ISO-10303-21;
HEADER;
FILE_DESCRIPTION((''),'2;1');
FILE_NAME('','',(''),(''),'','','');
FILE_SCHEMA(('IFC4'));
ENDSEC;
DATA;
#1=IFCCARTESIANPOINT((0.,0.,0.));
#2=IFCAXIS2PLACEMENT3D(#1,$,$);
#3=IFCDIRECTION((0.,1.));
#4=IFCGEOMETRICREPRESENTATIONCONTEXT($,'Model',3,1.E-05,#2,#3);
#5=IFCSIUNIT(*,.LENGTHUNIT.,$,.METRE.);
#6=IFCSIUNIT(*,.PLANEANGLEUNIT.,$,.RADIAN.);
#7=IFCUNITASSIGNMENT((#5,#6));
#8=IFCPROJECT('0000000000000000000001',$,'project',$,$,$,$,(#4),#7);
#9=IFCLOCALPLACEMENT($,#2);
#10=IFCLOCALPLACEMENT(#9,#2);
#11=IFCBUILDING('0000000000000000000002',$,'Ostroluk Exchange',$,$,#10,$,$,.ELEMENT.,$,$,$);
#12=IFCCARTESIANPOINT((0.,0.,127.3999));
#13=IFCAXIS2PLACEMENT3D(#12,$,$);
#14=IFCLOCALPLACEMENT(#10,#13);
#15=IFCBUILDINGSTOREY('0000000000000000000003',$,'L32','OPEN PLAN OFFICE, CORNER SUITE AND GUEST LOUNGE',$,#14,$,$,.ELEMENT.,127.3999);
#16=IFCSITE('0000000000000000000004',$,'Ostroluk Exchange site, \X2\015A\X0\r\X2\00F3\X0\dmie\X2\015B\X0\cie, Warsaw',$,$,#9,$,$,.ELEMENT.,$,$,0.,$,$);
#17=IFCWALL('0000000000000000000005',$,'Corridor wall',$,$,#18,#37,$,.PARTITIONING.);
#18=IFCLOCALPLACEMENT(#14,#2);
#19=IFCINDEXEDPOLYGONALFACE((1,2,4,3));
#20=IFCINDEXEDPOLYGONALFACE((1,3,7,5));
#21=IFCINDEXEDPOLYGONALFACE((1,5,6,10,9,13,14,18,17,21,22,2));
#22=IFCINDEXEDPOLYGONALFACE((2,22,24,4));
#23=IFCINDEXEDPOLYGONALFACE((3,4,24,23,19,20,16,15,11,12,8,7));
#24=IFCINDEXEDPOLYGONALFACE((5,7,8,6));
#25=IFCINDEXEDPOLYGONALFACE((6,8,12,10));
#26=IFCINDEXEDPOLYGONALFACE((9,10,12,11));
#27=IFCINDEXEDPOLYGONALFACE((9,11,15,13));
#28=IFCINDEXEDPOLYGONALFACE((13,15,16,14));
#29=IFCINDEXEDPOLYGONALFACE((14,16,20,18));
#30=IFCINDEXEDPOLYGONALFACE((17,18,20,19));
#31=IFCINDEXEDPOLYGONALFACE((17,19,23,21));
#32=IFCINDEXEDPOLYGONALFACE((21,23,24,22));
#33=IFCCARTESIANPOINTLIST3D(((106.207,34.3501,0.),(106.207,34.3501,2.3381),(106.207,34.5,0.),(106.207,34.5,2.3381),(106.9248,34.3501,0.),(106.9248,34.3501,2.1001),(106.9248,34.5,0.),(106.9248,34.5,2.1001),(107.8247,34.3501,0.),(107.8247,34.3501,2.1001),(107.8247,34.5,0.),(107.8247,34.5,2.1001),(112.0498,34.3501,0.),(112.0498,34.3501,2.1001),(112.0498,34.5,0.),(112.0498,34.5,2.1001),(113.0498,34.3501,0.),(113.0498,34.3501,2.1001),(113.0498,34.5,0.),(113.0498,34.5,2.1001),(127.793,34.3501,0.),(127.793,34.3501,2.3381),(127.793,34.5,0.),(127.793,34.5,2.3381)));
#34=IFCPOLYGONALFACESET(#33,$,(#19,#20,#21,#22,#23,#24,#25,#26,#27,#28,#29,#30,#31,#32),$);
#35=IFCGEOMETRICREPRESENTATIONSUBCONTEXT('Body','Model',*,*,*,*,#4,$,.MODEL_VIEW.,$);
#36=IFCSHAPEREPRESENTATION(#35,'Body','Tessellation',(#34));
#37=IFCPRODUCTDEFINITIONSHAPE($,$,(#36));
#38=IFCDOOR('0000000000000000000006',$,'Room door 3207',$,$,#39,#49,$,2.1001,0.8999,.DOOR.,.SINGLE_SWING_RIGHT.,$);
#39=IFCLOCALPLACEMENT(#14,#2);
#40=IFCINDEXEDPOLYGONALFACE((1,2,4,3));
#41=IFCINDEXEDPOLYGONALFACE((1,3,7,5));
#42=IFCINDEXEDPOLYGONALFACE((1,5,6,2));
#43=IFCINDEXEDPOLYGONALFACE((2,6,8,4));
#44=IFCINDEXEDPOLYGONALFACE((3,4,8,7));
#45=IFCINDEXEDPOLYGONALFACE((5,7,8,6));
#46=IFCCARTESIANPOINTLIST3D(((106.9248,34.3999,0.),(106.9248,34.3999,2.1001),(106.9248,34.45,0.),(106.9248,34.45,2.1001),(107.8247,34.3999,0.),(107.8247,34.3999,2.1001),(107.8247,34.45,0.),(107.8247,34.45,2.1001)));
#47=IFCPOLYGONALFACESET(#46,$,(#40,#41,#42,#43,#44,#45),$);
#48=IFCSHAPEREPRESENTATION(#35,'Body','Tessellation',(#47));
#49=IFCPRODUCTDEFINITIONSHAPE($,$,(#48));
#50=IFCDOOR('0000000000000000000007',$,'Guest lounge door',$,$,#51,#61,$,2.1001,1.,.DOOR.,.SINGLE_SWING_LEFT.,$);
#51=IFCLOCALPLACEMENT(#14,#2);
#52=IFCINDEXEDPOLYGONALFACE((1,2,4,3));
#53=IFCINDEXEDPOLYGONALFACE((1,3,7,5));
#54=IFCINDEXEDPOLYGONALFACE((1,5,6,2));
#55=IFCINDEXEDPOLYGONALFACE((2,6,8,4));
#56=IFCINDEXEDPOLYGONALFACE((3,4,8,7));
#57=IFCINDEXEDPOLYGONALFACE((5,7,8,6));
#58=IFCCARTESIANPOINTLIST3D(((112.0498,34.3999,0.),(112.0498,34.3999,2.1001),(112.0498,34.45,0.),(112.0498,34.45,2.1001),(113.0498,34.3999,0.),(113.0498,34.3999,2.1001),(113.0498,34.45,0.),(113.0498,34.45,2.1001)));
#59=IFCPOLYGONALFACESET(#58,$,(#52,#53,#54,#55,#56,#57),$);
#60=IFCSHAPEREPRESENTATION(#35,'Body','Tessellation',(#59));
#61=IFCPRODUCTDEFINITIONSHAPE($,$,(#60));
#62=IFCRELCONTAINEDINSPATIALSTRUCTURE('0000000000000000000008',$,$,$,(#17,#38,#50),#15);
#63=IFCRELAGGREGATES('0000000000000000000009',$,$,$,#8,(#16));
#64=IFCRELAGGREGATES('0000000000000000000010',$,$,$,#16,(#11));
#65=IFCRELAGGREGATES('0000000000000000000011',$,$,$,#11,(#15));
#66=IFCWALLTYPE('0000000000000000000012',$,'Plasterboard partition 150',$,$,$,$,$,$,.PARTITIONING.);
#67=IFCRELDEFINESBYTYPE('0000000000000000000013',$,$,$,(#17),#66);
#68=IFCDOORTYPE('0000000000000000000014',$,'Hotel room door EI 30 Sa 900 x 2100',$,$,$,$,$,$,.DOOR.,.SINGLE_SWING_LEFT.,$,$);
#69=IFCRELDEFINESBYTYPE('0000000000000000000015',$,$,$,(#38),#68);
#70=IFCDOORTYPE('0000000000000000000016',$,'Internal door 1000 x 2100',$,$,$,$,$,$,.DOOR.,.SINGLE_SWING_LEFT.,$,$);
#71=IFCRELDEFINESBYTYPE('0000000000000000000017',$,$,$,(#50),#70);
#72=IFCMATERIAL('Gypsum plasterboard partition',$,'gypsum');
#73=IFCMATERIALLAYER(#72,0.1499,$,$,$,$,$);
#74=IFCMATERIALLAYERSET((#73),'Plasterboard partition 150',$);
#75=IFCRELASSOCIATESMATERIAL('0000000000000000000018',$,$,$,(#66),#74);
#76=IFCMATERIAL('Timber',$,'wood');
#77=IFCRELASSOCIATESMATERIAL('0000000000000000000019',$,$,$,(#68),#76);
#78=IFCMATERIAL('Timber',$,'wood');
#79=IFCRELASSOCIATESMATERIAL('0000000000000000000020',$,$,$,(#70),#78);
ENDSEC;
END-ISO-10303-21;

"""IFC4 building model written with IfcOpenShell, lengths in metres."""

from ifc_helpers import new_model, si_unit, direction, frame, frame_2d, origin, place, context, subcontext, project, spatial, rectangle, extrude, material, layer, layer_set, type_object, element, fill, save


model = new_model("IFC4")

# Units and contexts
model_context = context("Model", 3, precision=1e-05, world=origin(), true_north=direction((0.0, 1.0)))
body_context = subcontext(model_context, "Body", "Model", "MODEL_VIEW")
ifc_project = project(units=[si_unit("LENGTHUNIT", "METRE"), si_unit("PLANEANGLEUNIT", "RADIAN")], contexts=[model_context])

# Site, building, storey
site_placement = place(None, origin())
site = spatial("IfcSite", under=ifc_project, at=site_placement, Name="Ostroluk Exchange site, Śródmieście, Warsaw", CompositionType="ELEMENT", RefElevation=0.0)
building_placement = place(site_placement, origin())
building = spatial("IfcBuilding", under=site, at=building_placement, Name="Ostroluk Exchange", CompositionType="ELEMENT")
storey_placement = place(building_placement, frame((0.0, 0.0, 127.3999)))
storey = spatial("IfcBuildingStorey", under=building, at=storey_placement, Name="L32", Description="OPEN PLAN OFFICE, CORNER SUITE AND GUEST LOUNGE", CompositionType="ELEMENT", Elevation=127.3999)

# Shared definitions
ifc_material_1 = material(Name="Gypsum plasterboard partition", Category="gypsum")
ifc_layer_1 = layer(ifc_material_1, 0.1499)
ifc_layer_set_1 = layer_set([ifc_layer_1], Name="Plasterboard partition 150")
wall_type_1 = type_object("IfcWallType", Name="Plasterboard partition 150", PredefinedType="PARTITIONING", material=ifc_layer_set_1)

# Wall, openings, doors
wall_1_placement = place(storey_placement, frame((106.207, 34.425, 0.0), z_axis=(0.0, 0.0, 1.0), x_axis=(1.0, 0.0, 0.0)))
wall_1 = element("IfcWall", 1, at=wall_1_placement, inside=storey, type_object=wall_type_1, Name="Corridor wall", PredefinedType="PARTITIONING", context=body_context, shape_type="SweptSolid", body=[
    extrude(rectangle(XDim=21.5859, YDim=0.1499, at=frame_2d((10.793, 0.0))), origin(), (0.0, 0.0, 1.0), 2.3381),
])
opening_1_placement = place(wall_1_placement, frame((0.7178, 0.0, 0.0)))
opening_1 = element("IfcOpeningElement", 2, at=opening_1_placement, cuts=wall_1, PredefinedType="OPENING", context=body_context, shape_type="SweptSolid", body=[
    extrude(rectangle(XDim=0.8999, YDim=2.1001, at=frame_2d((0.45, 1.05))), frame((0.0, 0.085, 0.0), z_axis=(0.0, -1.0, 0.0), x_axis=(1.0, 0.0, 0.0)), (0.0, 0.0, 1.0), 0.1699),
])
opening_2_placement = place(wall_1_placement, frame((5.8428, 0.0, 0.0)))
opening_2 = element("IfcOpeningElement", 3, at=opening_2_placement, cuts=wall_1, PredefinedType="OPENING", context=body_context, shape_type="SweptSolid", body=[
    extrude(rectangle(XDim=1.0, YDim=2.1001, at=frame_2d((0.5, 1.05))), frame((0.0, 0.085, 0.0), z_axis=(0.0, -1.0, 0.0), x_axis=(1.0, 0.0, 0.0)), (0.0, 0.0, 1.0), 0.1699),
])
ifc_material_2 = material(Name="Timber", Category="wood")
door_type_1 = type_object("IfcDoorType", Name="Hotel room door EI 30 Sa 900 x 2100", OperationType="SINGLE_SWING_LEFT", PredefinedType="DOOR", material=ifc_material_2)
door_1_placement = place(opening_1_placement, origin())
door_1 = element("IfcDoor", 4, at=door_1_placement, inside=storey, type_object=door_type_1, Name="Room door 3207", OperationType="SINGLE_SWING_RIGHT", OverallHeight=2.1001, OverallWidth=0.8999, PredefinedType="DOOR", context=body_context, shape_type="SweptSolid", body=[
    extrude(rectangle(XDim=0.8999, YDim=2.1001, at=frame_2d((0.45, 1.05))), frame((0.0, 0.0249, 0.0), z_axis=(0.0, -1.0, 0.0), x_axis=(1.0, 0.0, 0.0)), (0.0, 0.0, 1.0), 0.05),
])
fill(opening_1, door_1)
ifc_material_3 = material(Name="Timber", Category="wood")
door_type_2 = type_object("IfcDoorType", Name="Internal door 1000 x 2100", OperationType="SINGLE_SWING_LEFT", PredefinedType="DOOR", material=ifc_material_3)
door_2_placement = place(opening_2_placement, origin())
door_2 = element("IfcDoor", 5, at=door_2_placement, inside=storey, type_object=door_type_2, Name="Guest lounge door", OperationType="SINGLE_SWING_LEFT", OverallHeight=2.1001, OverallWidth=1.0, PredefinedType="DOOR", context=body_context, shape_type="SweptSolid", body=[
    extrude(rectangle(XDim=1.0, YDim=2.1001, at=frame_2d((0.5, 1.05))), frame((0.0, 0.0249, 0.0), z_axis=(0.0, -1.0, 0.0), x_axis=(1.0, 0.0, 0.0)), (0.0, 0.0, 1.0), 0.05),
])
fill(opening_2, door_2)

save(model, "model.ifc")
